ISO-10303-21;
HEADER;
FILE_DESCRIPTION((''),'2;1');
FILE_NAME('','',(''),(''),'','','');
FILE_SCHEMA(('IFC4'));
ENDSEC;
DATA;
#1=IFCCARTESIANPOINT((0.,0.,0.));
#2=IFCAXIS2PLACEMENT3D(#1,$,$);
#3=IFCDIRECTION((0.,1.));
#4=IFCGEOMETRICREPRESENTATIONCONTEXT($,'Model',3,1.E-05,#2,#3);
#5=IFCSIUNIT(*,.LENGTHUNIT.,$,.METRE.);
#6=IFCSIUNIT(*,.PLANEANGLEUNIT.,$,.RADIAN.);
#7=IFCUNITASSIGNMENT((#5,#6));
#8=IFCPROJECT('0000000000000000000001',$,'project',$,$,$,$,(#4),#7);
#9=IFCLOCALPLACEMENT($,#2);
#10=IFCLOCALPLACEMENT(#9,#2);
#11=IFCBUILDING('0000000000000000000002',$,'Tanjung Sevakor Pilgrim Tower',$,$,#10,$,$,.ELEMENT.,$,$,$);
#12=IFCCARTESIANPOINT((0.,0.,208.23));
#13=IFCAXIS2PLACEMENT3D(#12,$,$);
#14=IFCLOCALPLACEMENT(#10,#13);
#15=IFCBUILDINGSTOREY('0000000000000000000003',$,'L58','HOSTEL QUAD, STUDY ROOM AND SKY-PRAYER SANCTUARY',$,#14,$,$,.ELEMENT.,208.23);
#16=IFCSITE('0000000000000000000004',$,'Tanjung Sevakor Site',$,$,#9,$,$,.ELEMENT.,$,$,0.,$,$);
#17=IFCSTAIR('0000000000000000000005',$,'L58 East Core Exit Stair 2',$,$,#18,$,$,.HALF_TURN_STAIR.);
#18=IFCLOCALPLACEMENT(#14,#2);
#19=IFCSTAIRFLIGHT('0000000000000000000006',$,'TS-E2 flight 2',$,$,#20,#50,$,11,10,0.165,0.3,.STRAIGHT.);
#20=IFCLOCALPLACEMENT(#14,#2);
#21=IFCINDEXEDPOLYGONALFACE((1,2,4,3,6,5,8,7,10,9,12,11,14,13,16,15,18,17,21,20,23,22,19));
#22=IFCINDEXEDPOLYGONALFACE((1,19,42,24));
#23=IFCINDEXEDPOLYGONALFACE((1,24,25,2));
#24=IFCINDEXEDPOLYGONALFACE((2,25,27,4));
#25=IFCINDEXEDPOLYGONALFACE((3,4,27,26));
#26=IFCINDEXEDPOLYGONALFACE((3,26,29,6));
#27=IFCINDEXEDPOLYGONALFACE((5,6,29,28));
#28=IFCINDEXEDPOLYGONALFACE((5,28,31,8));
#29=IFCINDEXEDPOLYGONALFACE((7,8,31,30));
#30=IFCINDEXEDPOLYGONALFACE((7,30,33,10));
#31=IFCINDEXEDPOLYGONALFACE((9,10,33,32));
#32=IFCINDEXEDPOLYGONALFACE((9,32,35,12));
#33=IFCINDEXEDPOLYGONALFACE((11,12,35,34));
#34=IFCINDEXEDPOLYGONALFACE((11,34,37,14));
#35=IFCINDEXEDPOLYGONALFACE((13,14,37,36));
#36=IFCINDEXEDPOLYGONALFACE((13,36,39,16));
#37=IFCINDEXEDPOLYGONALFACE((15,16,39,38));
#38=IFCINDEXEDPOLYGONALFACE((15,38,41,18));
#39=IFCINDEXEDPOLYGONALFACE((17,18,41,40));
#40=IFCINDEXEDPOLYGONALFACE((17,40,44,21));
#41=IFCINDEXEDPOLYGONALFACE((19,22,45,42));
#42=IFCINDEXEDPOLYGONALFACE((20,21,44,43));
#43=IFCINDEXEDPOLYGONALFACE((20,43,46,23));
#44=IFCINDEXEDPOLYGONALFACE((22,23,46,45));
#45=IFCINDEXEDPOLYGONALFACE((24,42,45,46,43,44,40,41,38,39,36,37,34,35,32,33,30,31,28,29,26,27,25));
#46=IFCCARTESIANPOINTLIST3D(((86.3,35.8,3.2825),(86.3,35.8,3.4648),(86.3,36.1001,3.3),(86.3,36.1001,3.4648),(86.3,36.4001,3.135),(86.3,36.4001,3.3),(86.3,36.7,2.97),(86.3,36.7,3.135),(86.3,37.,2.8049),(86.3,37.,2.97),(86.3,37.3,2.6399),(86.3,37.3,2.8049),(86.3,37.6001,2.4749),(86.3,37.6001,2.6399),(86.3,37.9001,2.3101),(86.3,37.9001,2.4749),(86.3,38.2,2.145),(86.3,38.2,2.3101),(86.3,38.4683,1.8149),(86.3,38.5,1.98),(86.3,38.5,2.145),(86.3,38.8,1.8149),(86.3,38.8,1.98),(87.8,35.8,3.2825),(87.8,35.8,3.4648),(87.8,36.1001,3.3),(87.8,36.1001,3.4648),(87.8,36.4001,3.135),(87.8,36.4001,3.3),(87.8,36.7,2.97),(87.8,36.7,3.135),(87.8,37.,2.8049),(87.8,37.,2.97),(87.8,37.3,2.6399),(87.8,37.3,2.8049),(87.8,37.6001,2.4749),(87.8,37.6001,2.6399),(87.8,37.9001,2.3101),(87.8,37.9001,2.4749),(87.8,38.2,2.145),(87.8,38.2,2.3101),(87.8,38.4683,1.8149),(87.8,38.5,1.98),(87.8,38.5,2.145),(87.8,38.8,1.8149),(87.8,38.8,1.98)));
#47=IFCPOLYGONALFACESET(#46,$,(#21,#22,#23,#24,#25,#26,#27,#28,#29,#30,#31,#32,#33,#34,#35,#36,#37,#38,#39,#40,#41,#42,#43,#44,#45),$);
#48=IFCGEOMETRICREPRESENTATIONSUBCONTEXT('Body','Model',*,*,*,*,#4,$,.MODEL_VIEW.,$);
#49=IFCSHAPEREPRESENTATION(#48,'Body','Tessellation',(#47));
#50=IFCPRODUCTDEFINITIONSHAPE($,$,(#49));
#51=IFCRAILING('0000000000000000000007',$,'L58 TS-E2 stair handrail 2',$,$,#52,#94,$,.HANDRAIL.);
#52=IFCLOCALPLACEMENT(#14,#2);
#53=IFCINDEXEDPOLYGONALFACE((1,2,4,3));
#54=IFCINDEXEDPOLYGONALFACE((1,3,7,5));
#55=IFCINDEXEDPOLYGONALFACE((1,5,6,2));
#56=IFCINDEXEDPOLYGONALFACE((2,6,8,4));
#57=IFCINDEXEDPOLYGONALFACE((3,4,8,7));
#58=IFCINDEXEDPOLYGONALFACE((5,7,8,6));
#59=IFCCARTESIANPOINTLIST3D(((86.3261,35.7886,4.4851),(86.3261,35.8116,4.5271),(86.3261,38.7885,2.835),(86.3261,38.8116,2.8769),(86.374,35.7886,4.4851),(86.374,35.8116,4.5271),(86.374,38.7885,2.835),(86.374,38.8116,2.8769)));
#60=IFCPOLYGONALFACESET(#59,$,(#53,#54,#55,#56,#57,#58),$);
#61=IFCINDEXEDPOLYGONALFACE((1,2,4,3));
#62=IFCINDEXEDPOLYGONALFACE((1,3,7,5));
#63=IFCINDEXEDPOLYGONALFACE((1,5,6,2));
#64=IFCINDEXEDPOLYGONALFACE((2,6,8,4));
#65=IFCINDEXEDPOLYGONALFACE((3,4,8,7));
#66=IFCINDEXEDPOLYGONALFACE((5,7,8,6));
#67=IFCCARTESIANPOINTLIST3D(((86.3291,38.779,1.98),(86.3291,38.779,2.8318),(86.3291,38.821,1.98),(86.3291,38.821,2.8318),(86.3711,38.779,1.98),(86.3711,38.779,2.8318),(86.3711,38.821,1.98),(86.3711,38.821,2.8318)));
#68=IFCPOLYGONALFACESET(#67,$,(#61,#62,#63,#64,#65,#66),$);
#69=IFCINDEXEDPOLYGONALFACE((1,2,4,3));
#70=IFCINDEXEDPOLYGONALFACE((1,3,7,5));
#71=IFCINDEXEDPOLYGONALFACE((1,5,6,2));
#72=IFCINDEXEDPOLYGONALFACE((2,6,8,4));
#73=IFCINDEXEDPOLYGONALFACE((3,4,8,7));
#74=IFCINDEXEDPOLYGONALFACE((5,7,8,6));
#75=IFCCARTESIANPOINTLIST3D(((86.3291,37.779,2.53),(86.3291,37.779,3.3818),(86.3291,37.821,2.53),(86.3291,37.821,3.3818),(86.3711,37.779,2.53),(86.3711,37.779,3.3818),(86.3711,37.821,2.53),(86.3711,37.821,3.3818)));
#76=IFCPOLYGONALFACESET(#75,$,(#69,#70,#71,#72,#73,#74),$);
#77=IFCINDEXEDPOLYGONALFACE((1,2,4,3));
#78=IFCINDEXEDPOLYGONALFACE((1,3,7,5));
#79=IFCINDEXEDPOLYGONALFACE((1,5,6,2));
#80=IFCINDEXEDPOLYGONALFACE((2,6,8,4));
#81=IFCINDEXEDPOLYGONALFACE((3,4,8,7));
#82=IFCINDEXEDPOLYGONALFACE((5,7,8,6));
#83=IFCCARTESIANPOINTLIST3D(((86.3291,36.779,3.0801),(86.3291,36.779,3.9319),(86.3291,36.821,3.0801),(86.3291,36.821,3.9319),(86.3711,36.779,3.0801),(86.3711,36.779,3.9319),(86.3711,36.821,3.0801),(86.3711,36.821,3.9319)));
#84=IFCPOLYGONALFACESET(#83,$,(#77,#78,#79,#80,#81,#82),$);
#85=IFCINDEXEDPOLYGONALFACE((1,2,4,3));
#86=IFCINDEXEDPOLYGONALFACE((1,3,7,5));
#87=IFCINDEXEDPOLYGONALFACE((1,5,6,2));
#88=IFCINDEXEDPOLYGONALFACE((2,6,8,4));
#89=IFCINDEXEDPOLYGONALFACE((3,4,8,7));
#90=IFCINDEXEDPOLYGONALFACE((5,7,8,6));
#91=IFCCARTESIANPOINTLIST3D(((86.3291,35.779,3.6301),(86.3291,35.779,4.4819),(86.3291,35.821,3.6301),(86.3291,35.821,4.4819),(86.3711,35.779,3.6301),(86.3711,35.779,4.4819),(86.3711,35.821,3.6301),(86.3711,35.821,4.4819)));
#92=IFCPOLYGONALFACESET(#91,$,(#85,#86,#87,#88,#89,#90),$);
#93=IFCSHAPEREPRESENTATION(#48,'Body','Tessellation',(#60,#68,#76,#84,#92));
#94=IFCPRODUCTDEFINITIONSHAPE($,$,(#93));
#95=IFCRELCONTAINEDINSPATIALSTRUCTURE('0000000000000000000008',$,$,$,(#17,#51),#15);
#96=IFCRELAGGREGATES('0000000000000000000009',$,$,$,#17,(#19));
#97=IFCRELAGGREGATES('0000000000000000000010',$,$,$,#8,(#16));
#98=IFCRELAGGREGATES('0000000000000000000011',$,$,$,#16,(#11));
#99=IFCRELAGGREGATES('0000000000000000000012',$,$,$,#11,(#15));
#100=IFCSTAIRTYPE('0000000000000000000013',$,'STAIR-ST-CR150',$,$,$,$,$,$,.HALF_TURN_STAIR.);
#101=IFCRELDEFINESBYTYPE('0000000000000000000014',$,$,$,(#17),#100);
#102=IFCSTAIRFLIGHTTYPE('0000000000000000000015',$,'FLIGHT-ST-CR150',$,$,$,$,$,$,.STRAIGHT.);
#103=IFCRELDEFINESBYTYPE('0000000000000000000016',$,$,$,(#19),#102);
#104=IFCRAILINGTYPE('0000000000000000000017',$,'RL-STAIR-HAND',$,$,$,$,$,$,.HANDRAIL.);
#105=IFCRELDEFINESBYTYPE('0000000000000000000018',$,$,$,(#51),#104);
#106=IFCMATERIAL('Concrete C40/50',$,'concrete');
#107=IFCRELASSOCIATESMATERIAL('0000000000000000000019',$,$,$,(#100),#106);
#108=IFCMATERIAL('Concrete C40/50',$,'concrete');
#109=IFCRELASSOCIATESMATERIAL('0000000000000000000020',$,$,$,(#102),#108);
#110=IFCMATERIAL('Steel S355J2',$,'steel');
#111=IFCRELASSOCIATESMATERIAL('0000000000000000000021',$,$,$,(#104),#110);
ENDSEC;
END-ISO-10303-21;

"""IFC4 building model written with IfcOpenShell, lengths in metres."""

from ifc_helpers import new_model, si_unit, direction, frame, origin, place, context, subcontext, project, spatial, polyline, rectangle, outline, extrude, material, type_object, element, aggregate, save


model = new_model("IFC4")

# Units and contexts
model_context = context("Model", 3, precision=1e-05, world=origin(), true_north=direction((0.0, 1.0)))
body_context = subcontext(model_context, "Body", "Model", "MODEL_VIEW")
ifc_project = project(units=[si_unit("LENGTHUNIT", "METRE"), si_unit("PLANEANGLEUNIT", "RADIAN")], contexts=[model_context])

# Site, building, storey
site_placement = place(None, origin())
site = spatial("IfcSite", under=ifc_project, at=site_placement, Name="Tanjung Sevakor Site", CompositionType="ELEMENT", RefElevation=0.0)
building_placement = place(site_placement, origin())
building = spatial("IfcBuilding", under=site, at=building_placement, Name="Tanjung Sevakor Pilgrim Tower", CompositionType="ELEMENT")
storey_placement = place(building_placement, frame((0.0, 0.0, 208.23)))
storey = spatial("IfcBuildingStorey", under=building, at=storey_placement, Name="L58", Description="HOSTEL QUAD, STUDY ROOM AND SKY-PRAYER SANCTUARY", CompositionType="ELEMENT", Elevation=208.23)

# Stair, stair flight
ifc_material_1 = material(Name="Concrete C40/50", Category="concrete")
stair_type = type_object("IfcStairType", Name="STAIR-ST-CR150", PredefinedType="HALF_TURN_STAIR", material=ifc_material_1)
stair_placement = place(storey_placement, origin())
stair = element("IfcStair", 1, at=stair_placement, inside=storey, type_object=stair_type, Name="L58 East Core Exit Stair 2", PredefinedType="HALF_TURN_STAIR")
ifc_material_2 = material(Name="Concrete C40/50", Category="concrete")
stair_flight_type = type_object("IfcStairFlightType", Name="FLIGHT-ST-CR150", PredefinedType="STRAIGHT", material=ifc_material_2)
stair_flight_placement = place(storey_placement, frame((87.05, 38.8, 1.8149), z_axis=(0.0, 0.0, 1.0), x_axis=(0.0, -1.0, 0.0)))
stair_flight = element("IfcStairFlight", 2, at=stair_flight_placement, type_object=stair_flight_type, Name="TS-E2 flight 2", NumberOfRisers=11, NumberOfTreads=10, PredefinedType="STRAIGHT", RiserHeight=0.165, TreadLength=0.3, context=body_context, shape_type="SweptSolid", body=[
    extrude(outline(polyline([(0.0, 0.0), (0.0, 0.165), (0.3, 0.165), (0.3, 0.3301), (0.6001, 0.3301), (0.6001, 0.4951), (0.8999, 0.4951), (0.8999, 0.6599), (1.2, 0.6599), (1.2, 0.825), (1.5, 0.825), (1.5, 0.99), (1.8, 0.99), (1.8, 1.155), (2.1001, 1.155), (2.1001, 1.3201), (2.3999, 1.3201), (2.3999, 1.4851), (2.7, 1.4851), (2.7, 1.6499), (3.0, 1.6499), (3.0, 1.8149), (3.0, 1.4675), (0.3318, 0.0), (0.0, 0.0)])), frame((0.0, 0.75, 0.0), z_axis=(0.0, -1.0, 0.0), x_axis=(1.0, 0.0, 0.0)), (0.0, 0.0, 1.0), 1.5),
])
aggregate(stair, [stair_flight])

# Railing
ifc_material_3 = material(Name="Steel S355J2", Category="steel")
railing_type = type_object("IfcRailingType", Name="RL-STAIR-HAND", PredefinedType="HANDRAIL", material=ifc_material_3)
railing_placement = place(storey_placement, frame((86.3501, 38.8, 1.98)))
element("IfcRailing", 3, at=railing_placement, inside=storey, type_object=railing_type, Name="L58 TS-E2 stair handrail 2", PredefinedType="HANDRAIL", context=body_context, shape_type="SweptSolid", body=[
    extrude(rectangle(XDim=0.0479, YDim=0.0479), frame((0.0, 0.0, 0.876), z_axis=(0.0, -0.876198, 0.481952), x_axis=(1.0, 0.0, 0.0)), (0.0, 0.0, 1.0), 3.4238),
    extrude(rectangle(XDim=0.042, YDim=0.042), origin(), (0.0, 0.0, 1.0), 0.8518),
    extrude(rectangle(XDim=0.042, YDim=0.042), frame((0.0, -1.0, 0.55)), (0.0, 0.0, 1.0), 0.8518),
    extrude(rectangle(XDim=0.042, YDim=0.042), frame((0.0, -2.0, 1.1001)), (0.0, 0.0, 1.0), 0.8518),
    extrude(rectangle(XDim=0.042, YDim=0.042), frame((0.0, -3.0, 1.6501)), (0.0, 0.0, 1.0), 0.8518),
])

save(model, "model.ifc")
